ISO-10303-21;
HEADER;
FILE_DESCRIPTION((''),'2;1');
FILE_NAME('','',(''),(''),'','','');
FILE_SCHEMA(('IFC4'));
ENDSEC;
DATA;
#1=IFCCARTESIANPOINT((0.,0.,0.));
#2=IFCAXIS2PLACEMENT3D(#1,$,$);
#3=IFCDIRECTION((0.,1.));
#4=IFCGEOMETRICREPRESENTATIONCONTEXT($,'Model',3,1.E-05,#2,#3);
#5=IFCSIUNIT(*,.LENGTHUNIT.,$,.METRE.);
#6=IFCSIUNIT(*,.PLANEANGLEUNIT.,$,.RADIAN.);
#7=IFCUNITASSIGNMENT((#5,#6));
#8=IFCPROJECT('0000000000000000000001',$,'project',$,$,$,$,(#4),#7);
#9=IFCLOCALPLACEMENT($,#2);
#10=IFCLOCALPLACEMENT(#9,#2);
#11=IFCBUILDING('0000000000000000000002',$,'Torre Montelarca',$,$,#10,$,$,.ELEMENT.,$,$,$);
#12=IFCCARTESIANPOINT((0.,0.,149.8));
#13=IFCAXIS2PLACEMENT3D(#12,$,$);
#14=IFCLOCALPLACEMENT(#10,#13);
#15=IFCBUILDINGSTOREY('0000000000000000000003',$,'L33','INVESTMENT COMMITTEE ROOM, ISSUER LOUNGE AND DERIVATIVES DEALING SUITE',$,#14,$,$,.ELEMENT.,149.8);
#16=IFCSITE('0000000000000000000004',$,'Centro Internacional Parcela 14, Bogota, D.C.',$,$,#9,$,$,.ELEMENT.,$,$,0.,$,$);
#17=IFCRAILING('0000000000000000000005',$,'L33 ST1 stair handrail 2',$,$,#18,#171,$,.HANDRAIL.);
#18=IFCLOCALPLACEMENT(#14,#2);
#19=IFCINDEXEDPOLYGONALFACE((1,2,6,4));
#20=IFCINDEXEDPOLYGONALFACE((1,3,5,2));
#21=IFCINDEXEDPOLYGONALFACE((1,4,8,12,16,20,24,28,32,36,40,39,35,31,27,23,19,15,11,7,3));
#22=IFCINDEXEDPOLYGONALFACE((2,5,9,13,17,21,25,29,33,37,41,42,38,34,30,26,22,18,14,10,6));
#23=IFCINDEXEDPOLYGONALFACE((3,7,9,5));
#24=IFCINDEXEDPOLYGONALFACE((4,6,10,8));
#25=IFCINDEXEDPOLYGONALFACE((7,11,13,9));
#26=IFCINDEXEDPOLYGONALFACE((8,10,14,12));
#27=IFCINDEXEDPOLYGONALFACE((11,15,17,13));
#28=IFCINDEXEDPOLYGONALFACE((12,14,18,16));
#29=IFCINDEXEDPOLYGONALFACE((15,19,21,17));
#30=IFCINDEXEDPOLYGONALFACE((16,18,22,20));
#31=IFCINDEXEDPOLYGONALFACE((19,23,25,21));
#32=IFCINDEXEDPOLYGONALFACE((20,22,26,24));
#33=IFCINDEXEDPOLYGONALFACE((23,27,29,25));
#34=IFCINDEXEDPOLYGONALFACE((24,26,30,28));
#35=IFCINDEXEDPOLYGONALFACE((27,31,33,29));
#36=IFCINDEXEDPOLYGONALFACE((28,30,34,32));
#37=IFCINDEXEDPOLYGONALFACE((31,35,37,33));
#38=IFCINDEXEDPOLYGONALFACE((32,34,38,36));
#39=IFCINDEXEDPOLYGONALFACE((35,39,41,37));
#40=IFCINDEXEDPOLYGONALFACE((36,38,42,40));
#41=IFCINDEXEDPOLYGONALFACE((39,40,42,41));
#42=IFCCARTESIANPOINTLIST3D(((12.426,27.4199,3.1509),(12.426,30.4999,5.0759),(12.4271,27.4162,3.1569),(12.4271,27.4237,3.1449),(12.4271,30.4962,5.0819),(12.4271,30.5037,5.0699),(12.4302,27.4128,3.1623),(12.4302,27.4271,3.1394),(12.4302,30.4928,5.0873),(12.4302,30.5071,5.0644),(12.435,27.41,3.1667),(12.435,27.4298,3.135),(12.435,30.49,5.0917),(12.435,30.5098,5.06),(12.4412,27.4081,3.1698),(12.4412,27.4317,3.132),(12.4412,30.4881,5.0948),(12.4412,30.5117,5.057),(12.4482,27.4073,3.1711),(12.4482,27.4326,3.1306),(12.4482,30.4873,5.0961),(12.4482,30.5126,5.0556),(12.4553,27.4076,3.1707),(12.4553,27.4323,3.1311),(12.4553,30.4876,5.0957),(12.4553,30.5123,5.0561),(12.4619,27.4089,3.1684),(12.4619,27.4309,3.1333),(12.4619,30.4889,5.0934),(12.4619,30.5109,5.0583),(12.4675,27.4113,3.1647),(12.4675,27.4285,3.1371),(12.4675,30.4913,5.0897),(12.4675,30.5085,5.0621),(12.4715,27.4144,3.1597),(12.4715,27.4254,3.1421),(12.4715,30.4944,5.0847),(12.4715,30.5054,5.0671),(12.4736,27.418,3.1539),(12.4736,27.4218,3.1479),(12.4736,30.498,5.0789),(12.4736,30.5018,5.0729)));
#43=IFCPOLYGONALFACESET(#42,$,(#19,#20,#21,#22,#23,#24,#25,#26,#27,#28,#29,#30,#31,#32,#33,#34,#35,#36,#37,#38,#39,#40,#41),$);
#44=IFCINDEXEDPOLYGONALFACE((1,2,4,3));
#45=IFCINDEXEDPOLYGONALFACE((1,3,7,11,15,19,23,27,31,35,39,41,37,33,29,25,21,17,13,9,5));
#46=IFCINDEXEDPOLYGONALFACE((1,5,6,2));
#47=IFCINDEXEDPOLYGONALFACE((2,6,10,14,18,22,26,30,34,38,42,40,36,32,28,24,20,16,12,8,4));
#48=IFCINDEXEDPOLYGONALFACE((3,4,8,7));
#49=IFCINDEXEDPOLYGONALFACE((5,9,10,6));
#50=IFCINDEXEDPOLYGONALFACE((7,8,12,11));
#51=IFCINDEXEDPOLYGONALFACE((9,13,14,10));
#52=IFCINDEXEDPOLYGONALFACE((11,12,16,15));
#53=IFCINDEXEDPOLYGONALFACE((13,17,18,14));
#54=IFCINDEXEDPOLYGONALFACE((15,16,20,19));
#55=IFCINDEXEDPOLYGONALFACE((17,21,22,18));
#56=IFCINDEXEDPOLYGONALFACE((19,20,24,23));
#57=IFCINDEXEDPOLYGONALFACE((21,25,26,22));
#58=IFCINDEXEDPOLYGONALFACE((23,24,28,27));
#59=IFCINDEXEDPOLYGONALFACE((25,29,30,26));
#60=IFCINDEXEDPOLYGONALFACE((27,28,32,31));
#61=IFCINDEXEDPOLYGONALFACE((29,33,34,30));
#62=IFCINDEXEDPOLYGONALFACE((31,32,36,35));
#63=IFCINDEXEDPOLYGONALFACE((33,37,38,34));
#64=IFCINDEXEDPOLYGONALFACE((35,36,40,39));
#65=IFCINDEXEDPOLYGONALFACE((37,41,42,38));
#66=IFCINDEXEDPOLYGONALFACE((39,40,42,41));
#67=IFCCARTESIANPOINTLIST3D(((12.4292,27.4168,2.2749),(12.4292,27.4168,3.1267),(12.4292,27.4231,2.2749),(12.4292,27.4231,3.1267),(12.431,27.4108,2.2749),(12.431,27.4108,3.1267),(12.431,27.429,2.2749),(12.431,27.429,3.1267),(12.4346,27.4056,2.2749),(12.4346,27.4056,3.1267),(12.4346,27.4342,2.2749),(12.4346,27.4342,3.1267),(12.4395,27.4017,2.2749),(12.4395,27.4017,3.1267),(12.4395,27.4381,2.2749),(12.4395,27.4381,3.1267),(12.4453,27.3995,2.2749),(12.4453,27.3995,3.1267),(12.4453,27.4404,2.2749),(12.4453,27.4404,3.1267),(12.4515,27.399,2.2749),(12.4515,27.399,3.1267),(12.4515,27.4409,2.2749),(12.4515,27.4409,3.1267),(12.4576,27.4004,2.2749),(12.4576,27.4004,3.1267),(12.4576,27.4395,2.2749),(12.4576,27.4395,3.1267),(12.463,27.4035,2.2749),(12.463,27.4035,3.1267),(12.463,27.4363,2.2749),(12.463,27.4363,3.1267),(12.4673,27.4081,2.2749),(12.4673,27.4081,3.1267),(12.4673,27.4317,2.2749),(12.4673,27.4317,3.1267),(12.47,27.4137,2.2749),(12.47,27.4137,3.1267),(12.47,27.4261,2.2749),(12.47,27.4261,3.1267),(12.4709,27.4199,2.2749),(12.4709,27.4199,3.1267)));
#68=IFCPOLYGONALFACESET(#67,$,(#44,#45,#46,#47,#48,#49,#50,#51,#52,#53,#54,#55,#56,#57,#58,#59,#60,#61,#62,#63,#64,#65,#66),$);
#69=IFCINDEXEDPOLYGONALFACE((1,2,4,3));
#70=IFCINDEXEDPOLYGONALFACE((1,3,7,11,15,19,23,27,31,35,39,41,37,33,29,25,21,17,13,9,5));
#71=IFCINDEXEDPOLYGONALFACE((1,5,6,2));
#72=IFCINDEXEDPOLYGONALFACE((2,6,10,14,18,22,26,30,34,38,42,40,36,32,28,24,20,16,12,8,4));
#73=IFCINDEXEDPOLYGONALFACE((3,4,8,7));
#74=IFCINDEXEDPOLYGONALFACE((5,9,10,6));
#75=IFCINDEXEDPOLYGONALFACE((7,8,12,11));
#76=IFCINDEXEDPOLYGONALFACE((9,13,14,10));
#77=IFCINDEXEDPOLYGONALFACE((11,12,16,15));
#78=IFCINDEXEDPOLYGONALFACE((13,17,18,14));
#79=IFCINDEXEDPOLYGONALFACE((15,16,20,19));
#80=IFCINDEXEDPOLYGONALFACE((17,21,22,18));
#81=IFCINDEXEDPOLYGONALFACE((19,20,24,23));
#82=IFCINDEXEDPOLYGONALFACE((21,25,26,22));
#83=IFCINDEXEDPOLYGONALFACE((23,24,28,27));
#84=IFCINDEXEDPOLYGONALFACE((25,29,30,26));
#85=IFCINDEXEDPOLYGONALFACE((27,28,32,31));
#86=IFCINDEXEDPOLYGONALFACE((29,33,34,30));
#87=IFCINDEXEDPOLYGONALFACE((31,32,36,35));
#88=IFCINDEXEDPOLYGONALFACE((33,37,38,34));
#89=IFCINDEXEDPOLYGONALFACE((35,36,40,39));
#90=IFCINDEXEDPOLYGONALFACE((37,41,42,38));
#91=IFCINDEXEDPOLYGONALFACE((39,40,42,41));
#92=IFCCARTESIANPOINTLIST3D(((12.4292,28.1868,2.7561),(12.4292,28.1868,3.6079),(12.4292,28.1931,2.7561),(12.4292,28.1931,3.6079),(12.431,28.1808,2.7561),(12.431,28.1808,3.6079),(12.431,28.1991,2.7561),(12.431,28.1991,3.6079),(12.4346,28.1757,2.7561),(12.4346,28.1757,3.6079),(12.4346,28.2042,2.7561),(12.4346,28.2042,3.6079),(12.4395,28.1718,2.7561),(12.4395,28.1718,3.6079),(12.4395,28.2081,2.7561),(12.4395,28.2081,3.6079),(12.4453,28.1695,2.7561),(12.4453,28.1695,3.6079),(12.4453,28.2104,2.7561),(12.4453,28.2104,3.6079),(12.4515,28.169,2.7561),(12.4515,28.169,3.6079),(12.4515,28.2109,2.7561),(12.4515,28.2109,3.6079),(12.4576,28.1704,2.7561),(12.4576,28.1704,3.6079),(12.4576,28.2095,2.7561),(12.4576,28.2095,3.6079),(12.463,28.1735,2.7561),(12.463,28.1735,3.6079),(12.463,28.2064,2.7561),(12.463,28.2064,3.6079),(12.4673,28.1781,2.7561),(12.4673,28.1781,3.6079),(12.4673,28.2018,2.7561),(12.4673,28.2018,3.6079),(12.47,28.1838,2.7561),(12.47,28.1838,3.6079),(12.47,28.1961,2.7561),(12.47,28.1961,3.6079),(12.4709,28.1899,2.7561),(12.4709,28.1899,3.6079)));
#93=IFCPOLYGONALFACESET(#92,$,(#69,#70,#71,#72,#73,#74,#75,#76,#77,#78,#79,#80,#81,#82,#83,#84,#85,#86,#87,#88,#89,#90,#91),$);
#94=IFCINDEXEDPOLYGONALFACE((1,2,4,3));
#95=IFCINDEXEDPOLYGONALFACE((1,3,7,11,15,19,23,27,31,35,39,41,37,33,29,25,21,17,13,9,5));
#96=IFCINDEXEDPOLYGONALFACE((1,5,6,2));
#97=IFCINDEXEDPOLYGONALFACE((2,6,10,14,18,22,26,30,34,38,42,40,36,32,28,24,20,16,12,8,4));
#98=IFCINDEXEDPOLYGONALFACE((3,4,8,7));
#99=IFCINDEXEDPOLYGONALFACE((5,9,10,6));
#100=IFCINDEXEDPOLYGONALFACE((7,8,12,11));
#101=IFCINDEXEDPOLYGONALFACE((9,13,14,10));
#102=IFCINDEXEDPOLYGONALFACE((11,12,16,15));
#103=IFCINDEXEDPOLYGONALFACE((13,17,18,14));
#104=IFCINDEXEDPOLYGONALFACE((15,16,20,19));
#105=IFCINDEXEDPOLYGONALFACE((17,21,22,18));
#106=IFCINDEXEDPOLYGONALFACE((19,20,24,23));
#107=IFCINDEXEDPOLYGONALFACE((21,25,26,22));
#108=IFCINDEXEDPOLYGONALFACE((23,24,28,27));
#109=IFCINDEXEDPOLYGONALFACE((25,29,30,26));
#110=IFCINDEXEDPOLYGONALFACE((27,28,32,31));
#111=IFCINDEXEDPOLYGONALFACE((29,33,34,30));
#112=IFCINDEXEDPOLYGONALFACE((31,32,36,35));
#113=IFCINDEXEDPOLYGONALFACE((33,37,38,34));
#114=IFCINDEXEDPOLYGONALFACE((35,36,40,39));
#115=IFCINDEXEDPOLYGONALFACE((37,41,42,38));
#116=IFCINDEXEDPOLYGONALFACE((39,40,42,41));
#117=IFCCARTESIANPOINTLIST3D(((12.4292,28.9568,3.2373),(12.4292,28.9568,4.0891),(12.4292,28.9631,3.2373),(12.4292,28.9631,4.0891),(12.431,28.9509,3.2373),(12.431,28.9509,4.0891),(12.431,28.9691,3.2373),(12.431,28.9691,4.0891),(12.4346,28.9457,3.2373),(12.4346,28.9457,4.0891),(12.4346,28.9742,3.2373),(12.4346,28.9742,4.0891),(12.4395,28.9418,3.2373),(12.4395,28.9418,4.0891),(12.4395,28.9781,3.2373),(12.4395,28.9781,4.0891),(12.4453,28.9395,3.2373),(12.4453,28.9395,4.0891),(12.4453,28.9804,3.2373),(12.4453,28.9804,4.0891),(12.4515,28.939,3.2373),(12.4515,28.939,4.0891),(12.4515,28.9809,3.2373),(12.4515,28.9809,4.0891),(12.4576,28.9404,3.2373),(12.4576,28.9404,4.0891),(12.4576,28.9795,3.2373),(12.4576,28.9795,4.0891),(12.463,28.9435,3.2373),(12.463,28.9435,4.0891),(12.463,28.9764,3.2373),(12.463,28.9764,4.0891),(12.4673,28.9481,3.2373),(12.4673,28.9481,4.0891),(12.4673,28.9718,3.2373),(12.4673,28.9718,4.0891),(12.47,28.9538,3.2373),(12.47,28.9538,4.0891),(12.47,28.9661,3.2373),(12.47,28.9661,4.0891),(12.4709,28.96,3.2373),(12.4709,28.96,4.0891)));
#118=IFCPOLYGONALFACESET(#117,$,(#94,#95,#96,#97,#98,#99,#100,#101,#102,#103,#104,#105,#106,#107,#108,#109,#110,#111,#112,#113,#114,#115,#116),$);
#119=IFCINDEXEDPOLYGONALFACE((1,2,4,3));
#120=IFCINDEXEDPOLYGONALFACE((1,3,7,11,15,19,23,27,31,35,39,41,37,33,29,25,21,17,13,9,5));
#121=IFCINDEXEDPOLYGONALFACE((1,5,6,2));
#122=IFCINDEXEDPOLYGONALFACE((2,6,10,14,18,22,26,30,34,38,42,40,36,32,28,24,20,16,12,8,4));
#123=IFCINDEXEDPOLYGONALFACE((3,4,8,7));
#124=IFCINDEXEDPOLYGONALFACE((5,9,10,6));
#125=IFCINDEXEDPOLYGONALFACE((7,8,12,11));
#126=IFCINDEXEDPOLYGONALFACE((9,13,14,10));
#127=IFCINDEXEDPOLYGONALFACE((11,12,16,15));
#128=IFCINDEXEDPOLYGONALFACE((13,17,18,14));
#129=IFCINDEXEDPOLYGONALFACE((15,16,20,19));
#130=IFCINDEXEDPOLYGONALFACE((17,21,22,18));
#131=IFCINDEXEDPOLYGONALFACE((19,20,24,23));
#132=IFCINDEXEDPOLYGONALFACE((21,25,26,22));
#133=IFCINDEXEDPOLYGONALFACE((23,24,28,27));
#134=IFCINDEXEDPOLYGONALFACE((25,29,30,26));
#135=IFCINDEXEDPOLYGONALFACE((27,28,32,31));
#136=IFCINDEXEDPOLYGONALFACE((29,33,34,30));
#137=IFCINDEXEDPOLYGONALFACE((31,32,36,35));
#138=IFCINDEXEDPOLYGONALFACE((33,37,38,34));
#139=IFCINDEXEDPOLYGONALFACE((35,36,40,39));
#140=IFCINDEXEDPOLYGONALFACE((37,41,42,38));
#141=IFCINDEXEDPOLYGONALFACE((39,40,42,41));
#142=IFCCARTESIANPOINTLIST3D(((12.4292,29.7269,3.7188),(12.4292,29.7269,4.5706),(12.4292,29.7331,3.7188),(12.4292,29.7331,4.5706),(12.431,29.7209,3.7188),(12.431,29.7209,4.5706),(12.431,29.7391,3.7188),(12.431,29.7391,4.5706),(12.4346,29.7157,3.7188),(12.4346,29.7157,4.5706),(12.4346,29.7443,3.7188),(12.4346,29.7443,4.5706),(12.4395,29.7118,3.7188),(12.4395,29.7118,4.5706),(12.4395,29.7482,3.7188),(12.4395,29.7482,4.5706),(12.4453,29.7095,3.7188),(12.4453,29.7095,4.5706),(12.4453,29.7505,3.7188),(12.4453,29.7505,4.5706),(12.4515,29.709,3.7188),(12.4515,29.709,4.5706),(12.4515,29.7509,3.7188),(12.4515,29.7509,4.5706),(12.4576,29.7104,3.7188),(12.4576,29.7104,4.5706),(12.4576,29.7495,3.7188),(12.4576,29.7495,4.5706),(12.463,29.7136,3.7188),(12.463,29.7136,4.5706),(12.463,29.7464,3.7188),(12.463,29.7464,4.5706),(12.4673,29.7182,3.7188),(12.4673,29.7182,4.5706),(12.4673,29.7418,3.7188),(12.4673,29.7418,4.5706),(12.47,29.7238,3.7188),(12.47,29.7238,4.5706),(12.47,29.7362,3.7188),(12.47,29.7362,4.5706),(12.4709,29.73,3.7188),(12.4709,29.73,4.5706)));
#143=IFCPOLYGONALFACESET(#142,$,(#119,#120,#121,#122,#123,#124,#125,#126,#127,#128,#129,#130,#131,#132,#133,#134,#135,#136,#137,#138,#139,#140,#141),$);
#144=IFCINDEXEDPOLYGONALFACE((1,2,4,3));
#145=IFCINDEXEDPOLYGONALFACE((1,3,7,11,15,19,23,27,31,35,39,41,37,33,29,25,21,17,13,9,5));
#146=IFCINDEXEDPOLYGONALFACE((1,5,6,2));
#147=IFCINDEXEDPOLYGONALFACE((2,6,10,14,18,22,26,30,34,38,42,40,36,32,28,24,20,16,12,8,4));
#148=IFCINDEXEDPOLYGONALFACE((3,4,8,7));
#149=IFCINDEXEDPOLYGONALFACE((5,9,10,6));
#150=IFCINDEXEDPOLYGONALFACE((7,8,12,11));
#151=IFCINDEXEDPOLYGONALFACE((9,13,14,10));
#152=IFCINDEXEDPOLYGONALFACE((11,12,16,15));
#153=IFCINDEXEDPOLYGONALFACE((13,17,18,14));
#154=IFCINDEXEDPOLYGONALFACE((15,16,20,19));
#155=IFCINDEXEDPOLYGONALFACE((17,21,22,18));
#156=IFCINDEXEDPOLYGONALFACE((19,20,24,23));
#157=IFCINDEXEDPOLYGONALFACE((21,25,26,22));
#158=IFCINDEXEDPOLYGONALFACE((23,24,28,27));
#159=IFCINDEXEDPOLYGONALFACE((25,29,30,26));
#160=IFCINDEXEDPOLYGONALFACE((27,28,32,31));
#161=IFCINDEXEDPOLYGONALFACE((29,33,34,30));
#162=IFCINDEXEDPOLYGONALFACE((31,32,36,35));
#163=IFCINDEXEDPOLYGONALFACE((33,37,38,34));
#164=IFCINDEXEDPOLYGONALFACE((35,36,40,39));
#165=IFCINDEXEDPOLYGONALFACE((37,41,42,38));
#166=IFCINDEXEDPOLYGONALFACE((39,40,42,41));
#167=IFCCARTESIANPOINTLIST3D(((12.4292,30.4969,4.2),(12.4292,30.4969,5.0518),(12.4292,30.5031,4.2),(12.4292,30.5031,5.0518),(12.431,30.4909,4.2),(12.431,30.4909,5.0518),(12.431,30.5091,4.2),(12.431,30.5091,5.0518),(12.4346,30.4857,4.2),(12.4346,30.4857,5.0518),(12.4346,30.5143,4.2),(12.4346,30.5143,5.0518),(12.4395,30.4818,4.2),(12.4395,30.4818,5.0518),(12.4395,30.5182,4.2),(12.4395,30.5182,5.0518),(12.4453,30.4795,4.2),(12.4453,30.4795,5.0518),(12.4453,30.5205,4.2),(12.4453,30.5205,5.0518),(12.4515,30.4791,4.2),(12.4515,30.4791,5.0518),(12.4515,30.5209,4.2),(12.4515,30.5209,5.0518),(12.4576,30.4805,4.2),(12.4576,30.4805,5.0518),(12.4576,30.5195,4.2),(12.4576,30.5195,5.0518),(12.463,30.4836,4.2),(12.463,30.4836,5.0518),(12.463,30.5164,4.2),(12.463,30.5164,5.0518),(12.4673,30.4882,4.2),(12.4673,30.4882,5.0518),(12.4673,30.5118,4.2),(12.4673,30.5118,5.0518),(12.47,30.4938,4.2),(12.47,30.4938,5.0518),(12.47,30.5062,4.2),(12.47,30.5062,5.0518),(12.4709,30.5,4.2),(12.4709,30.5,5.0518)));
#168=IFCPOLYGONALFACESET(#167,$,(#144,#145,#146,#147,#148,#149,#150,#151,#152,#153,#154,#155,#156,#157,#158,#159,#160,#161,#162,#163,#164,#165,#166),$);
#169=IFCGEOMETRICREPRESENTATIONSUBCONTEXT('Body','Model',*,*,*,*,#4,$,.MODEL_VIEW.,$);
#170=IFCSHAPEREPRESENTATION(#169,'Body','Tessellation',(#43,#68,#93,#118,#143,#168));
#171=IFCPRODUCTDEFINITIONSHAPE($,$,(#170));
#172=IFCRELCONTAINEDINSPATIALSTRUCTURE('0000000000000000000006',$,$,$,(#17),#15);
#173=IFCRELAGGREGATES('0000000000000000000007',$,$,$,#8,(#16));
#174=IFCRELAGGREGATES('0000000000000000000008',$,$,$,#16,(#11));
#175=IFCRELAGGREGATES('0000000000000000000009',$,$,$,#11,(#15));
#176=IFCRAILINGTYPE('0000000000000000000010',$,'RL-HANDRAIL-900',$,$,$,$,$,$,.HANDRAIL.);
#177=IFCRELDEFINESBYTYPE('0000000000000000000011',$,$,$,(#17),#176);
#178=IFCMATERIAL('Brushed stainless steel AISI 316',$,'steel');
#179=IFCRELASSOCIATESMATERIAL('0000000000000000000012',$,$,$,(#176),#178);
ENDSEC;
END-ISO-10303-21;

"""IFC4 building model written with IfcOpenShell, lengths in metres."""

from ifc_helpers import new_model, si_unit, direction, frame, origin, origin_2d, place, context, subcontext, project, spatial, circle, extrude, material, type_object, element, save


model = new_model("IFC4")

# Units and contexts
model_context = context("Model", 3, precision=1e-05, world=origin(), true_north=direction((0.0, 1.0)))
body_context = subcontext(model_context, "Body", "Model", "MODEL_VIEW")
ifc_project = project(units=[si_unit("LENGTHUNIT", "METRE"), si_unit("PLANEANGLEUNIT", "RADIAN")], contexts=[model_context])

# Site, building, storey
site_placement = place(None, origin())
site = spatial("IfcSite", under=ifc_project, at=site_placement, Name="Centro Internacional Parcela 14, Bogota, D.C.", CompositionType="ELEMENT", RefElevation=0.0)
building_placement = place(site_placement, origin())
building = spatial("IfcBuilding", under=site, at=building_placement, Name="Torre Montelarca", CompositionType="ELEMENT")
storey_placement = place(building_placement, frame((0.0, 0.0, 149.8)))
storey = spatial("IfcBuildingStorey", under=building, at=storey_placement, Name="L33", Description="INVESTMENT COMMITTEE ROOM, ISSUER LOUNGE AND DERIVATIVES DEALING SUITE", CompositionType="ELEMENT", Elevation=149.8)

# Railing
ifc_material_1 = material(Name="Brushed stainless steel AISI 316", Category="steel")
railing_type_1 = type_object("IfcRailingType", Name="RL-HANDRAIL-900", PredefinedType="HANDRAIL", material=ifc_material_1)
railing_1_placement = place(storey_placement, frame((12.45, 27.4199, 2.2749)))
element("IfcRailing", 1, at=railing_1_placement, inside=storey, type_object=railing_type_1, Name="L33 ST1 stair handrail 2", PredefinedType="HANDRAIL", context=body_context, shape_type="SweptSolid", body=[
    extrude(circle(Radius=0.0239, at=origin_2d()), frame((0.0, 0.0, 0.876), z_axis=(0.0, 0.847998, 0.529999), x_axis=(-1.0, 0.0, 0.0)), (0.0, 0.0, 1.0), 3.6321),
    extrude(circle(Radius=0.021, at=origin_2d()), origin(), (0.0, 0.0, 1.0), 0.8518),
    extrude(circle(Radius=0.021, at=origin_2d()), frame((0.0, 0.77, 0.4812)), (0.0, 0.0, 1.0), 0.8518),
    extrude(circle(Radius=0.021, at=origin_2d()), frame((0.0, 1.54, 0.9624)), (0.0, 0.0, 1.0), 0.8518),
    extrude(circle(Radius=0.021, at=origin_2d()), frame((0.0, 2.3101, 1.4438)), (0.0, 0.0, 1.0), 0.8518),
    extrude(circle(Radius=0.021, at=origin_2d()), frame((0.0, 3.0801, 1.925)), (0.0, 0.0, 1.0), 0.8518),
])

save(model, "model.ifc")
